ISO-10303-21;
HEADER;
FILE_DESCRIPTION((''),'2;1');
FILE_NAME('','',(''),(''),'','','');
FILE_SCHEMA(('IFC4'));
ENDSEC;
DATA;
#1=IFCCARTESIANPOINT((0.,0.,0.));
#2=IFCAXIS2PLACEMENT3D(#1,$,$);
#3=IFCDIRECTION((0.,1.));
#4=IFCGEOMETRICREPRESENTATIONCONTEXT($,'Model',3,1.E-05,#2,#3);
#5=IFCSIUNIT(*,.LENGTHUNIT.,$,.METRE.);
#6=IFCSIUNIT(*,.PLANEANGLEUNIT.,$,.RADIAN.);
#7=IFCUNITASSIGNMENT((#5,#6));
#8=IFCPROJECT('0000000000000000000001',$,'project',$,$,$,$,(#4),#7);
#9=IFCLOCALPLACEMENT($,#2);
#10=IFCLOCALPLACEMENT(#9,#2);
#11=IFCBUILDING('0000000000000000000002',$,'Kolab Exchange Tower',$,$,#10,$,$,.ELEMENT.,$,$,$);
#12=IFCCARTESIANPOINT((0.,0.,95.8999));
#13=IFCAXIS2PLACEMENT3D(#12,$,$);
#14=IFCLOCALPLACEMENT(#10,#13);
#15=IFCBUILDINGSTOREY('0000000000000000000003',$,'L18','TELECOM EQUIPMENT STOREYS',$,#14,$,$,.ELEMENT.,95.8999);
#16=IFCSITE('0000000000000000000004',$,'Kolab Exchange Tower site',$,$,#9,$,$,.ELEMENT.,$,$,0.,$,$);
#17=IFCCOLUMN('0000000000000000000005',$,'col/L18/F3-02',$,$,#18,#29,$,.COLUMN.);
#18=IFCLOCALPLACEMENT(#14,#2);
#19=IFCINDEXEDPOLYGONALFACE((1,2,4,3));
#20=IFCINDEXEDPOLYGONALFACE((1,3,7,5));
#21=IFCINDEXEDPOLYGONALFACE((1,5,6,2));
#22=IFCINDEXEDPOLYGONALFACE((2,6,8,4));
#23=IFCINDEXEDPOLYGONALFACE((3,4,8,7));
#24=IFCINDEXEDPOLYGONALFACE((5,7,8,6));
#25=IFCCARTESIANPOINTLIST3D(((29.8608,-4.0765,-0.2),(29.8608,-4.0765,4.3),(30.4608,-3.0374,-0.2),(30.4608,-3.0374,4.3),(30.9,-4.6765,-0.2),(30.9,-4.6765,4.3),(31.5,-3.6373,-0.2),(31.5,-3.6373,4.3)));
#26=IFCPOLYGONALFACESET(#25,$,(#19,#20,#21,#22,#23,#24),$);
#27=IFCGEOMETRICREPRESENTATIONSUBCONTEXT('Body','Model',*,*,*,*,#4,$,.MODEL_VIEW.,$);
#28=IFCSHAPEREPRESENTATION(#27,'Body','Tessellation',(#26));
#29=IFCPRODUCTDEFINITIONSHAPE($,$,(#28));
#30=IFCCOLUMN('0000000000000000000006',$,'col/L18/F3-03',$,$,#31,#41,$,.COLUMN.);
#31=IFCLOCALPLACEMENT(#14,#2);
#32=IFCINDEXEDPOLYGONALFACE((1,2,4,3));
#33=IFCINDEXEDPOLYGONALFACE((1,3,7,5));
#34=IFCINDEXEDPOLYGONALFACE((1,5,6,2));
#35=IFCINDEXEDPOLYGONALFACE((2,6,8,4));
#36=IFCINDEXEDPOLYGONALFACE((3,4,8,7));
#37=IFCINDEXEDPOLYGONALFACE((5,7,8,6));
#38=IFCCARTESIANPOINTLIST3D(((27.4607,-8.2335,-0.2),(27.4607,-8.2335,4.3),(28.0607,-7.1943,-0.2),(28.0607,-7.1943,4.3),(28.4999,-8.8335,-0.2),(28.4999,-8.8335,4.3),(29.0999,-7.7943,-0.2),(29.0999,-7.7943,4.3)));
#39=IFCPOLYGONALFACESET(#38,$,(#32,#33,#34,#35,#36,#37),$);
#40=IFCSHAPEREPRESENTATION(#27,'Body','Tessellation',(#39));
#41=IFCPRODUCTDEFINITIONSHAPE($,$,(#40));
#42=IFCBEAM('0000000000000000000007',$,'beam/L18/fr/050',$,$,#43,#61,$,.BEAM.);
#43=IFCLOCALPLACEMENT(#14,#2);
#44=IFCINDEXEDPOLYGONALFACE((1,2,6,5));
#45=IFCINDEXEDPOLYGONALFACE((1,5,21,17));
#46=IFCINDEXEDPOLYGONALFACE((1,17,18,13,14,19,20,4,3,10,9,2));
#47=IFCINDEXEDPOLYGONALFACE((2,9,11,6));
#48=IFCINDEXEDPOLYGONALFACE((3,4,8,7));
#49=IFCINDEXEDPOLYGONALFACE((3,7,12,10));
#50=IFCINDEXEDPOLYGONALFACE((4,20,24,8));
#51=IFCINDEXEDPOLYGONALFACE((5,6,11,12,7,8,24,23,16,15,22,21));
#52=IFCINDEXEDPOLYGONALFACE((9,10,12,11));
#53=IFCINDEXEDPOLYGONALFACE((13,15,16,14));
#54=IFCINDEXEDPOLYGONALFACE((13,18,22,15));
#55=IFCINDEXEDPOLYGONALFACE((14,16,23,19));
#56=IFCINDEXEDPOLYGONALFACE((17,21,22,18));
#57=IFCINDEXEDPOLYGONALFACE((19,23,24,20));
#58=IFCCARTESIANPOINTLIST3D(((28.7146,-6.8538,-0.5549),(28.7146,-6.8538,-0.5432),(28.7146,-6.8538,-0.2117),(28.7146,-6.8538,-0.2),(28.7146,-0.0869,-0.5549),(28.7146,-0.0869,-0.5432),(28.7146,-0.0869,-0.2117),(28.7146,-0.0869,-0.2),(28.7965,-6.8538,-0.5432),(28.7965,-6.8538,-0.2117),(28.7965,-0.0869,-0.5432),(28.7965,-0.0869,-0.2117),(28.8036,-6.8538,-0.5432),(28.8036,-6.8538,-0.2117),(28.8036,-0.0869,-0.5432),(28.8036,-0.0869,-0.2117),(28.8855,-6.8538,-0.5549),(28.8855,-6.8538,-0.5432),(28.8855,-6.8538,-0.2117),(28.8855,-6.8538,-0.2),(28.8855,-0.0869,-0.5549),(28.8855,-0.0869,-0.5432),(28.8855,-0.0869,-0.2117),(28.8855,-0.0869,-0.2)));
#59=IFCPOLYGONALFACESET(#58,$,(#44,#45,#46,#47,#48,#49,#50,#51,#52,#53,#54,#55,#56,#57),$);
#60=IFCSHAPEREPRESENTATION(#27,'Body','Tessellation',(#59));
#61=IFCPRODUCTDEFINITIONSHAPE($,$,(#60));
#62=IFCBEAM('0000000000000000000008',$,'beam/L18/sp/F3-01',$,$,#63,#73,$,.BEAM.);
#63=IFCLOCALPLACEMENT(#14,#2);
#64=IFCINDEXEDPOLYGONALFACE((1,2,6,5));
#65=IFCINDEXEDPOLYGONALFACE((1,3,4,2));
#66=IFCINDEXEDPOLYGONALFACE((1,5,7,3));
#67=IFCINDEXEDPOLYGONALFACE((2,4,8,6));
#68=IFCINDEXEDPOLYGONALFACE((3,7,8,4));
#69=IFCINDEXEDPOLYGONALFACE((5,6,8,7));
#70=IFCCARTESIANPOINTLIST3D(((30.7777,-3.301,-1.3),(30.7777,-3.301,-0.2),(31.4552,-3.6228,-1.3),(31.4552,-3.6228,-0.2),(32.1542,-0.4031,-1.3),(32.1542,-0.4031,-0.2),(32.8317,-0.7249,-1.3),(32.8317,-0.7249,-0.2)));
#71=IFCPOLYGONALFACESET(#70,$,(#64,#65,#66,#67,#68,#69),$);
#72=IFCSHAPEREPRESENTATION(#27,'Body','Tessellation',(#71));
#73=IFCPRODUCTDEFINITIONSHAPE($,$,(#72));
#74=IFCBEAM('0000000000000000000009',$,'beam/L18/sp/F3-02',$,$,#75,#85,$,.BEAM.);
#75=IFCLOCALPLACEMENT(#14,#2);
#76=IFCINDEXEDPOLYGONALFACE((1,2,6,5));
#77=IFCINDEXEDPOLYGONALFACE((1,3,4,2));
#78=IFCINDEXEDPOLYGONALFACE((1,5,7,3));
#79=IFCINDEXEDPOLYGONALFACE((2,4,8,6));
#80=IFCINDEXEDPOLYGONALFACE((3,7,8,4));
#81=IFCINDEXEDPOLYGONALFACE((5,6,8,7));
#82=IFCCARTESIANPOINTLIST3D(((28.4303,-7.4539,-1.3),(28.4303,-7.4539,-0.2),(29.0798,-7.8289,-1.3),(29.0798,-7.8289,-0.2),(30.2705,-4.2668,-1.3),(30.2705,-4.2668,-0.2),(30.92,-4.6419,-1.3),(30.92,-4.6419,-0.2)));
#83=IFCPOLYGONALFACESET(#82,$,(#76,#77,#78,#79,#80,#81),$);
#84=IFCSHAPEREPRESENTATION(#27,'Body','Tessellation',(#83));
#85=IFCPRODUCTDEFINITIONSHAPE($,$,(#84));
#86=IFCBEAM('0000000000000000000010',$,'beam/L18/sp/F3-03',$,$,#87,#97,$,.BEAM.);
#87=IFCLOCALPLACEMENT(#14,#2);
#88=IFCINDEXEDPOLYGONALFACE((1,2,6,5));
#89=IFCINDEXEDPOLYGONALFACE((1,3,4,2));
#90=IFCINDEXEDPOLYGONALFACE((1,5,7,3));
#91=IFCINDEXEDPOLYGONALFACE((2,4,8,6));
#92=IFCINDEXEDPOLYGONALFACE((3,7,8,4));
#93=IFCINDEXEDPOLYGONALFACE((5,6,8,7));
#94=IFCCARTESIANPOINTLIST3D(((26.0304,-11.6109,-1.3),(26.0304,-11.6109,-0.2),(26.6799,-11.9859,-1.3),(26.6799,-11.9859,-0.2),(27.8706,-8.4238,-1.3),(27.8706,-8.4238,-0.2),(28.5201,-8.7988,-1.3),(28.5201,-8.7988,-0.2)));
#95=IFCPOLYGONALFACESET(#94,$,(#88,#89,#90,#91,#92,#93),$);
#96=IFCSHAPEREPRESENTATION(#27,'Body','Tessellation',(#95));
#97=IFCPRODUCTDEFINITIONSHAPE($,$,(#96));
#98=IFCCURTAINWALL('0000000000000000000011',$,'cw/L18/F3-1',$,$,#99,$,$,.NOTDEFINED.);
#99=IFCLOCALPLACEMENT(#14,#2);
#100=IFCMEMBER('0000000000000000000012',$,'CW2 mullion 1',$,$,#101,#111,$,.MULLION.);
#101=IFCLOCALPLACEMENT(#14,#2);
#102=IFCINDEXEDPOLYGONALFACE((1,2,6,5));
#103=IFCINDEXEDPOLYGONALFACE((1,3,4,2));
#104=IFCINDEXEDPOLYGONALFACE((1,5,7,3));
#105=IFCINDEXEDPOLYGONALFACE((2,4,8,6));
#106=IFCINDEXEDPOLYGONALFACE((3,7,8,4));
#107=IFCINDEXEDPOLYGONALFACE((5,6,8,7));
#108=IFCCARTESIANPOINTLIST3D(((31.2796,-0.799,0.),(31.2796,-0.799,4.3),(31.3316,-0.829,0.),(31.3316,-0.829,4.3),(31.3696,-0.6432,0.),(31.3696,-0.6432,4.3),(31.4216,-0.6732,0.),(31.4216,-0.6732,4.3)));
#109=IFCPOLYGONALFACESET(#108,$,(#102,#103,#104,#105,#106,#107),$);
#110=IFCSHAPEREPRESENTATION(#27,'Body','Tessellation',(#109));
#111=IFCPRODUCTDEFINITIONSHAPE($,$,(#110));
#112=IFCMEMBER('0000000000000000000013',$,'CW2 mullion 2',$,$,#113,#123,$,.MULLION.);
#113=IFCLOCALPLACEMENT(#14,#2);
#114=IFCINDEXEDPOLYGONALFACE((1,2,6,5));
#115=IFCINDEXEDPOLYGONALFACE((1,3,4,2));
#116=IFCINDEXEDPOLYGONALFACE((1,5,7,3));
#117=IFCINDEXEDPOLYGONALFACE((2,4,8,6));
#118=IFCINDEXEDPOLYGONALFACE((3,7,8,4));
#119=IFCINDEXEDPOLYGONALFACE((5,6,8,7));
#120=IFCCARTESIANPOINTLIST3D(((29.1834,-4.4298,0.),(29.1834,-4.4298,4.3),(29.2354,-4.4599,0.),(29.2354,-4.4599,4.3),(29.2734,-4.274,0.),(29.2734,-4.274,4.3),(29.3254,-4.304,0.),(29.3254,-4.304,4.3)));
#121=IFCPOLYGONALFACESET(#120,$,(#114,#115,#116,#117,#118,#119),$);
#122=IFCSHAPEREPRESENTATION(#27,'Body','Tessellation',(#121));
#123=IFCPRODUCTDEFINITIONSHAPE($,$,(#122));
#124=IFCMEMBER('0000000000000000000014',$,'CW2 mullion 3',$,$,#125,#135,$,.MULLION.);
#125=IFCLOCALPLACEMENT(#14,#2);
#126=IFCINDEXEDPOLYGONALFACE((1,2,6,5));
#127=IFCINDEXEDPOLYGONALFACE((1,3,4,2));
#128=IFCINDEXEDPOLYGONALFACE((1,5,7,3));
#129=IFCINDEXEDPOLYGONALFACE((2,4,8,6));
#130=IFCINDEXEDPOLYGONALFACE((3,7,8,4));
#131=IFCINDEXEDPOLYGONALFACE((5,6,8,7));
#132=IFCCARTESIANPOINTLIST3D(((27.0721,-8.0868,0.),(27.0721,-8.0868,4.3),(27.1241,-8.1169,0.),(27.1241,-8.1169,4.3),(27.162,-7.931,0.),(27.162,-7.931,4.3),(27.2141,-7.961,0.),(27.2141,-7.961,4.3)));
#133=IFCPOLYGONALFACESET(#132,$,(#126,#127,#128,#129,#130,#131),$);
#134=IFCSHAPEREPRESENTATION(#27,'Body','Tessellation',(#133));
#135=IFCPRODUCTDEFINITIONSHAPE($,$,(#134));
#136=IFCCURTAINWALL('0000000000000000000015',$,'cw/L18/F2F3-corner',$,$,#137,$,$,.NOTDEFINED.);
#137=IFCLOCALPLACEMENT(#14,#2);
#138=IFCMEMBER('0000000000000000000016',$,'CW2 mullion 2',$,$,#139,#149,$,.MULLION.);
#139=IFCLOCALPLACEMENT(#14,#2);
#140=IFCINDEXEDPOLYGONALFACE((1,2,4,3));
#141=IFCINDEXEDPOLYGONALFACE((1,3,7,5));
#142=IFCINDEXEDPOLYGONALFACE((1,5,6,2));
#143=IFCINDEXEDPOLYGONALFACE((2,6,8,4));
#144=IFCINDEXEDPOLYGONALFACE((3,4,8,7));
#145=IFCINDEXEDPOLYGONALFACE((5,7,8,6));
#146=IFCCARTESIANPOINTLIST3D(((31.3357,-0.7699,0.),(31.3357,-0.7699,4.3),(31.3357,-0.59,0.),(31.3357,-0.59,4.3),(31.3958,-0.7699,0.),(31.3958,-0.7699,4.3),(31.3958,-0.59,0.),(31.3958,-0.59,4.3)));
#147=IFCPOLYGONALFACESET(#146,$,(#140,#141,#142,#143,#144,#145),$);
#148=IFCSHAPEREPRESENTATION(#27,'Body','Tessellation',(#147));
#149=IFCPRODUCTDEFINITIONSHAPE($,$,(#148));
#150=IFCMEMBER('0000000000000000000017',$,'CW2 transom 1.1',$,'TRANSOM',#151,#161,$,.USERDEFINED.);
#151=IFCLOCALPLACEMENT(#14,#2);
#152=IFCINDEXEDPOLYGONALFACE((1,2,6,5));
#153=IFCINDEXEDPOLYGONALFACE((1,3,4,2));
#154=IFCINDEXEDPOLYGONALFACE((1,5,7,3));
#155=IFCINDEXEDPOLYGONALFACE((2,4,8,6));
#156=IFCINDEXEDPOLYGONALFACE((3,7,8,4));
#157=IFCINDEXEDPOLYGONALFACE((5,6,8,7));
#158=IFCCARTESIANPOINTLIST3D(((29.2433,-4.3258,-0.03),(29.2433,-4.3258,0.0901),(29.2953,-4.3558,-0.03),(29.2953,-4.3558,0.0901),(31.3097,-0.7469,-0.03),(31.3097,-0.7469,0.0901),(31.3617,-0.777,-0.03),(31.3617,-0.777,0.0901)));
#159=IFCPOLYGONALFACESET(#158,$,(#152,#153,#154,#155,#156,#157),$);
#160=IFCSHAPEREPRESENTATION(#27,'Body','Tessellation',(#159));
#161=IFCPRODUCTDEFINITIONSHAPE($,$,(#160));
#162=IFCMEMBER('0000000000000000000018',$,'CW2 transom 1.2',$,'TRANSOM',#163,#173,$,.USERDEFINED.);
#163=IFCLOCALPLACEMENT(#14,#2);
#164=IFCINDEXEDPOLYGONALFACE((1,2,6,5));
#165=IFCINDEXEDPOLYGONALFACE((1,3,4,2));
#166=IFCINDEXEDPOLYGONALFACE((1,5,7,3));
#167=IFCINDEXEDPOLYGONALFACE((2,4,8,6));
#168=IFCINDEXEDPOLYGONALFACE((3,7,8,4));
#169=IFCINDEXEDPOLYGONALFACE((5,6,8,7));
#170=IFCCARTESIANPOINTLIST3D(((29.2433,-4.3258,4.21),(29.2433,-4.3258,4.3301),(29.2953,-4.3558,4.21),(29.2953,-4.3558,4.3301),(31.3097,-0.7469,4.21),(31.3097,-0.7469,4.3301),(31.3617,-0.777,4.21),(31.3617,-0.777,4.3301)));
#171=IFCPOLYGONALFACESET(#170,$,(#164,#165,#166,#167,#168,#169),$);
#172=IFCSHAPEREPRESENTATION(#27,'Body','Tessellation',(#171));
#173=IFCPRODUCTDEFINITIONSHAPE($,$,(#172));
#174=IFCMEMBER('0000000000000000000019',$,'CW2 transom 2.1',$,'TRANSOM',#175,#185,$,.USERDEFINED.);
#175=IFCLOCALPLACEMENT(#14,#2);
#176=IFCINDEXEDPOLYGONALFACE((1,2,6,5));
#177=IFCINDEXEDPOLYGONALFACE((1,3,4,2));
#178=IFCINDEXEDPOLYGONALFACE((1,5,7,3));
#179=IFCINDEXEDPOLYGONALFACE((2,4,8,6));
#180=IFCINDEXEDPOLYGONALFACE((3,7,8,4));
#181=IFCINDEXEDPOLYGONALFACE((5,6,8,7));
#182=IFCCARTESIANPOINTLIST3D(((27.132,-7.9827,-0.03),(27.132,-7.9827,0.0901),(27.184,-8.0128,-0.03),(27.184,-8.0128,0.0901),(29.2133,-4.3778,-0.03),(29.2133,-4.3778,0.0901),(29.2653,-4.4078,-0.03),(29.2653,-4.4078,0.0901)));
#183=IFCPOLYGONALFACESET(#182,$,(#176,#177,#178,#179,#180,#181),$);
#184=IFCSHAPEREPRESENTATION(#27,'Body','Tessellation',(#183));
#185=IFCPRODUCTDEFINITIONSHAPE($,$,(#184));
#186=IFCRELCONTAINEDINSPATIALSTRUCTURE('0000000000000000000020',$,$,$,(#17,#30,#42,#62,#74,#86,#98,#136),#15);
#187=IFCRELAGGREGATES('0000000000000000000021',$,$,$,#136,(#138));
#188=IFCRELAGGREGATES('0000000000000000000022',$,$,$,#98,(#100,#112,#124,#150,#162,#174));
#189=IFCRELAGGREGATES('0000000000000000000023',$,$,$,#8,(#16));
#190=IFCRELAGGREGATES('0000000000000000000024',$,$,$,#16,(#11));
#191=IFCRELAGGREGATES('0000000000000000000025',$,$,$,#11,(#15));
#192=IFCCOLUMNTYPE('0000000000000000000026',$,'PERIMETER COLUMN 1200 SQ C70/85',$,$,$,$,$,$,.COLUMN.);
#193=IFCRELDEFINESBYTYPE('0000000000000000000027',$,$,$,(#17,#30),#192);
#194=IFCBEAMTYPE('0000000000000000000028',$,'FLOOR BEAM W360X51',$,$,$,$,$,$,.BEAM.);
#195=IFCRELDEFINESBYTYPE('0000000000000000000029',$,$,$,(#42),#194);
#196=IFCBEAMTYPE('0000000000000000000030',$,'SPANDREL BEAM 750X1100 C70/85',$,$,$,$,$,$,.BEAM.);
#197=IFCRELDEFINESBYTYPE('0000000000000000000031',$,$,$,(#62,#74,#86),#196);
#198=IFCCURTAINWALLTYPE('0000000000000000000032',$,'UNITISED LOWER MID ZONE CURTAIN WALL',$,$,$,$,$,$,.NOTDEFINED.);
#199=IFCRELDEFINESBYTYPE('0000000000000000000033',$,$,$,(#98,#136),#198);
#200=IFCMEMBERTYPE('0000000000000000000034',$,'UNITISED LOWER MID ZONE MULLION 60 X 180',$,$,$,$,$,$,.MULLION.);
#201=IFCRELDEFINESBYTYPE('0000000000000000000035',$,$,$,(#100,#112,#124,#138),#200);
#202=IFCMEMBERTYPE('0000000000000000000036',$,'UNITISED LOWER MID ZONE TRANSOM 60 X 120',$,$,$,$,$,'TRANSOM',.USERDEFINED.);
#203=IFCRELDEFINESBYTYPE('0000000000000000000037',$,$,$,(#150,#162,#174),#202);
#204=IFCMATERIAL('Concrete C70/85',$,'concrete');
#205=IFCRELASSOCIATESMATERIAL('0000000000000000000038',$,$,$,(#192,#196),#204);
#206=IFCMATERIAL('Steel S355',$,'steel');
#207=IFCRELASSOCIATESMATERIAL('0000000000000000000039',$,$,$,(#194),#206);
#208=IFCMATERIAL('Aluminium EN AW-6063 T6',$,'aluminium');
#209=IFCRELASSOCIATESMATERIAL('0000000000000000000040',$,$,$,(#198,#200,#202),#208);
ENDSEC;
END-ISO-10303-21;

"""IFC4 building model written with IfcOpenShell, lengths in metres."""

from ifc_helpers import new_model, si_unit, direction, frame, origin, origin_2d, place, context, subcontext, project, spatial, rectangle, i_section, extrude, material, material_profile, profile_set, type_object, element, aggregate, save


model = new_model("IFC4")

# Units and contexts
model_context = context("Model", 3, precision=1e-05, world=origin(), true_north=direction((0.0, 1.0)))
body_context = subcontext(model_context, "Body", "Model", "MODEL_VIEW")
ifc_project = project(units=[si_unit("LENGTHUNIT", "METRE"), si_unit("PLANEANGLEUNIT", "RADIAN")], contexts=[model_context])

# Site, building, storey
site_placement = place(None, origin())
site = spatial("IfcSite", under=ifc_project, at=site_placement, Name="Kolab Exchange Tower site", CompositionType="ELEMENT", RefElevation=0.0)
building_placement = place(site_placement, origin())
building = spatial("IfcBuilding", under=site, at=building_placement, Name="Kolab Exchange Tower", CompositionType="ELEMENT")
storey_placement = place(building_placement, frame((0.0, 0.0, 95.8999)))
storey = spatial("IfcBuildingStorey", under=building, at=storey_placement, Name="L18", Description="TELECOM EQUIPMENT STOREYS", CompositionType="ELEMENT", Elevation=95.8999)

# Columns
ifc_material_1 = material(Name="Concrete C70/85", Category="concrete")
ifc_material_profile_1 = material_profile(ifc_material_1, rectangle(XDim=1.2, YDim=1.2, at=origin_2d()), Name="RC1200")
ifc_profile_set_1 = profile_set([ifc_material_profile_1], Name="Concrete C70/85")
column_type = type_object("IfcColumnType", Name="PERIMETER COLUMN 1200 SQ C70/85", PredefinedType="COLUMN", material=ifc_profile_set_1)
for number, where, z_axis, x_axis, name in (
    (1, (30.6804, -3.8569, -0.2), (0.0, 0.0, 1.0), (0.5, 0.866025, 0.0), "col/L18/F3-02"),
    (2, (28.2803, -8.0139, -0.2), (0.0, 0.0, 1.0), (0.5, 0.866025, 0.0), "col/L18/F3-03"),
):
    element("IfcColumn", number, at=place(storey_placement, frame(where, z_axis=z_axis, x_axis=x_axis)), inside=storey, type_object=column_type, Name=name, PredefinedType="COLUMN", context=body_context, shape_type="SweptSolid", body=[
        extrude(rectangle(XDim=1.2, YDim=1.2, at=origin_2d()), origin(), (0.0, 0.0, 1.0), 4.5),
    ])

# Beams
ifc_material_2 = material(Name="Steel S355", Category="steel")
ifc_material_profile_2 = material_profile(ifc_material_2, i_section(OverallWidth=0.1709, OverallDepth=0.355, WebThickness=0.0071, FlangeThickness=0.0117, at=origin_2d()), Name="W360X51")
ifc_profile_set_2 = profile_set([ifc_material_profile_2], Name="Steel S355")
beam_type_1 = type_object("IfcBeamType", Name="FLOOR BEAM W360X51", PredefinedType="BEAM", material=ifc_profile_set_2)
beam_1_placement = place(storey_placement, frame((28.8, -6.8538, -0.3774), z_axis=(0.0, 1.0, 0.0), x_axis=(-1.0, 0.0, 0.0)))
element("IfcBeam", 3, at=beam_1_placement, inside=storey, type_object=beam_type_1, Name="beam/L18/fr/050", PredefinedType="BEAM", context=body_context, shape_type="SweptSolid", body=[
    extrude(i_section(OverallWidth=0.1709, OverallDepth=0.355, WebThickness=0.0071, FlangeThickness=0.0117, at=origin_2d()), origin(), (0.0, 0.0, 1.0), 6.7668),
])
ifc_material_profile_3 = material_profile(ifc_material_1, rectangle(XDim=0.75, YDim=1.1001, at=origin_2d()), Name="RC750X1100")
ifc_profile_set_3 = profile_set([ifc_material_profile_3], Name="Concrete C70/85")
beam_type_2 = type_object("IfcBeamType", Name="SPANDREL BEAM 750X1100 C70/85", PredefinedType="BEAM", material=ifc_profile_set_3)
beam_2_placement = place(storey_placement, frame((32.4929, -0.564, -0.75), z_axis=(-0.429041, -0.903285, 0.0), x_axis=(0.903285, -0.429041, 0.0)))
element("IfcBeam", 4, at=beam_2_placement, inside=storey, type_object=beam_type_2, Name="beam/L18/sp/F3-01", PredefinedType="BEAM", context=body_context, shape_type="SweptSolid", body=[
    extrude(rectangle(XDim=0.75, YDim=1.1001, at=origin_2d()), origin(), (0.0, 0.0, 1.0), 3.2083),
])
for number, where, z_axis, x_axis, name in (
    (5, (30.5952, -4.4543, -0.75), (-0.500013, -0.866018, 0.0), (0.866018, -0.500013, 0.0), "beam/L18/sp/F3-02"),
    (6, (28.1953, -8.6113, -0.75), (-0.500013, -0.866018, 0.0), (0.866018, -0.500013, 0.0), "beam/L18/sp/F3-03"),
):
    element("IfcBeam", number, at=place(storey_placement, frame(where, z_axis=z_axis, x_axis=x_axis)), inside=storey, type_object=beam_type_2, Name=name, PredefinedType="BEAM", context=body_context, shape_type="SweptSolid", body=[
        extrude(rectangle(XDim=0.75, YDim=1.1001, at=origin_2d()), origin(), (0.0, 0.0, 1.0), 3.6802),
    ])

# Curtain wall, members
ifc_material_3 = material(Name="Aluminium EN AW-6063 T6", Category="aluminium")
curtain_wall_type = type_object("IfcCurtainWallType", Name="UNITISED LOWER MID ZONE CURTAIN WALL", PredefinedType="NOTDEFINED", material=ifc_material_3)
curtain_wall_1_placement = place(storey_placement, origin())
curtain_wall_1 = element("IfcCurtainWall", 7, at=curtain_wall_1_placement, inside=storey, type_object=curtain_wall_type, Name="cw/L18/F3-1", PredefinedType="NOTDEFINED")
ifc_material_profile_4 = material_profile(ifc_material_3, rectangle(XDim=0.0601, YDim=0.1799, at=origin_2d()), Name="RECT 60X180")
ifc_profile_set_4 = profile_set([ifc_material_profile_4], Name="Aluminium EN AW-6063 T6")
member_type_1 = type_object("IfcMemberType", Name="UNITISED LOWER MID ZONE MULLION 60 X 180", PredefinedType="MULLION", material=ifc_profile_set_4)
member_1_placement = place(storey_placement, frame((31.3506, -0.7361, 0.0), z_axis=(0.0, 0.0, 1.0), x_axis=(0.866025, -0.5, 0.0)))
member_1 = element("IfcMember", 8, at=member_1_placement, type_object=member_type_1, Name="CW2 mullion 1", PredefinedType="MULLION", context=body_context, shape_type="SweptSolid", body=[
    extrude(rectangle(XDim=0.0601, YDim=0.1799, at=origin_2d()), origin(), (0.0, 0.0, 1.0), 4.3),
])
member_2_placement = place(storey_placement, frame((29.2544, -4.3669, 0.0), z_axis=(0.0, 0.0, 1.0), x_axis=(0.866025, -0.5, 0.0)))
member_2 = element("IfcMember", 9, at=member_2_placement, type_object=member_type_1, Name="CW2 mullion 2", PredefinedType="MULLION", context=body_context, shape_type="SweptSolid", body=[
    extrude(rectangle(XDim=0.0601, YDim=0.1799, at=origin_2d()), origin(), (0.0, 0.0, 1.0), 4.3),
])
member_3_placement = place(storey_placement, frame((27.1431, -8.0239, 0.0), z_axis=(0.0, 0.0, 1.0), x_axis=(0.866025, -0.5, 0.0)))
member_3 = element("IfcMember", 10, at=member_3_placement, type_object=member_type_1, Name="CW2 mullion 3", PredefinedType="MULLION", context=body_context, shape_type="SweptSolid", body=[
    extrude(rectangle(XDim=0.0601, YDim=0.1799, at=origin_2d()), origin(), (0.0, 0.0, 1.0), 4.3),
])

# Curtain wall, member
curtain_wall_2_placement = place(storey_placement, origin())
curtain_wall_2 = element("IfcCurtainWall", 11, at=curtain_wall_2_placement, inside=storey, type_object=curtain_wall_type, Name="cw/L18/F2F3-corner", PredefinedType="NOTDEFINED")
member_4_placement = place(storey_placement, frame((31.3657, -0.6799, 0.0), z_axis=(0.0, 0.0, 1.0), x_axis=(1.0, 0.0, 0.0)))
member_4 = element("IfcMember", 12, at=member_4_placement, type_object=member_type_1, Name="CW2 mullion 2", PredefinedType="MULLION", context=body_context, shape_type="SweptSolid", body=[
    extrude(rectangle(XDim=0.0601, YDim=0.1799, at=origin_2d()), origin(), (0.0, 0.0, 1.0), 4.3),
])
aggregate(curtain_wall_2, [member_4])

# Members
ifc_material_profile_5 = material_profile(ifc_material_3, rectangle(XDim=0.0601, YDim=0.1201, at=origin_2d()), Name="RECT 60X120")
ifc_profile_set_5 = profile_set([ifc_material_profile_5], Name="Aluminium EN AW-6063 T6")
member_type_2 = type_object("IfcMemberType", Name="UNITISED LOWER MID ZONE TRANSOM 60 X 120", ElementType="TRANSOM", PredefinedType="USERDEFINED", material=ifc_profile_set_5)
member_5_placement = place(storey_placement, frame((31.3357, -0.762, 0.03), z_axis=(-0.500028, -0.866009, 0.0), x_axis=(0.866009, -0.500028, 0.0)))
member_5 = element("IfcMember", 13, at=member_5_placement, type_object=member_type_2, Name="CW2 transom 1.1", ObjectType="TRANSOM", PredefinedType="USERDEFINED", context=body_context, shape_type="SweptSolid", body=[
    extrude(rectangle(XDim=0.0601, YDim=0.1201, at=origin_2d()), origin(), (0.0, 0.0, 1.0), 4.1326),
])
member_6_placement = place(storey_placement, frame((31.3357, -0.762, 4.27), z_axis=(-0.500028, -0.866009, 0.0), x_axis=(0.866009, -0.500028, 0.0)))
member_6 = element("IfcMember", 14, at=member_6_placement, type_object=member_type_2, Name="CW2 transom 1.2", ObjectType="TRANSOM", PredefinedType="USERDEFINED", context=body_context, shape_type="SweptSolid", body=[
    extrude(rectangle(XDim=0.0601, YDim=0.1201, at=origin_2d()), origin(), (0.0, 0.0, 1.0), 4.1326),
])
member_7_placement = place(storey_placement, frame((29.2393, -4.3928, 0.03), z_axis=(-0.499993, -0.866029, 0.0), x_axis=(0.866029, -0.499993, 0.0)))
member_7 = element("IfcMember", 15, at=member_7_placement, type_object=member_type_2, Name="CW2 transom 2.1", ObjectType="TRANSOM", PredefinedType="USERDEFINED", context=body_context, shape_type="SweptSolid", body=[
    extrude(rectangle(XDim=0.0601, YDim=0.1201, at=origin_2d()), origin(), (0.0, 0.0, 1.0), 4.1626),
])

aggregate(curtain_wall_1, [member_1, member_2, member_3, member_5, member_6, member_7])

save(model, "model.ifc")
